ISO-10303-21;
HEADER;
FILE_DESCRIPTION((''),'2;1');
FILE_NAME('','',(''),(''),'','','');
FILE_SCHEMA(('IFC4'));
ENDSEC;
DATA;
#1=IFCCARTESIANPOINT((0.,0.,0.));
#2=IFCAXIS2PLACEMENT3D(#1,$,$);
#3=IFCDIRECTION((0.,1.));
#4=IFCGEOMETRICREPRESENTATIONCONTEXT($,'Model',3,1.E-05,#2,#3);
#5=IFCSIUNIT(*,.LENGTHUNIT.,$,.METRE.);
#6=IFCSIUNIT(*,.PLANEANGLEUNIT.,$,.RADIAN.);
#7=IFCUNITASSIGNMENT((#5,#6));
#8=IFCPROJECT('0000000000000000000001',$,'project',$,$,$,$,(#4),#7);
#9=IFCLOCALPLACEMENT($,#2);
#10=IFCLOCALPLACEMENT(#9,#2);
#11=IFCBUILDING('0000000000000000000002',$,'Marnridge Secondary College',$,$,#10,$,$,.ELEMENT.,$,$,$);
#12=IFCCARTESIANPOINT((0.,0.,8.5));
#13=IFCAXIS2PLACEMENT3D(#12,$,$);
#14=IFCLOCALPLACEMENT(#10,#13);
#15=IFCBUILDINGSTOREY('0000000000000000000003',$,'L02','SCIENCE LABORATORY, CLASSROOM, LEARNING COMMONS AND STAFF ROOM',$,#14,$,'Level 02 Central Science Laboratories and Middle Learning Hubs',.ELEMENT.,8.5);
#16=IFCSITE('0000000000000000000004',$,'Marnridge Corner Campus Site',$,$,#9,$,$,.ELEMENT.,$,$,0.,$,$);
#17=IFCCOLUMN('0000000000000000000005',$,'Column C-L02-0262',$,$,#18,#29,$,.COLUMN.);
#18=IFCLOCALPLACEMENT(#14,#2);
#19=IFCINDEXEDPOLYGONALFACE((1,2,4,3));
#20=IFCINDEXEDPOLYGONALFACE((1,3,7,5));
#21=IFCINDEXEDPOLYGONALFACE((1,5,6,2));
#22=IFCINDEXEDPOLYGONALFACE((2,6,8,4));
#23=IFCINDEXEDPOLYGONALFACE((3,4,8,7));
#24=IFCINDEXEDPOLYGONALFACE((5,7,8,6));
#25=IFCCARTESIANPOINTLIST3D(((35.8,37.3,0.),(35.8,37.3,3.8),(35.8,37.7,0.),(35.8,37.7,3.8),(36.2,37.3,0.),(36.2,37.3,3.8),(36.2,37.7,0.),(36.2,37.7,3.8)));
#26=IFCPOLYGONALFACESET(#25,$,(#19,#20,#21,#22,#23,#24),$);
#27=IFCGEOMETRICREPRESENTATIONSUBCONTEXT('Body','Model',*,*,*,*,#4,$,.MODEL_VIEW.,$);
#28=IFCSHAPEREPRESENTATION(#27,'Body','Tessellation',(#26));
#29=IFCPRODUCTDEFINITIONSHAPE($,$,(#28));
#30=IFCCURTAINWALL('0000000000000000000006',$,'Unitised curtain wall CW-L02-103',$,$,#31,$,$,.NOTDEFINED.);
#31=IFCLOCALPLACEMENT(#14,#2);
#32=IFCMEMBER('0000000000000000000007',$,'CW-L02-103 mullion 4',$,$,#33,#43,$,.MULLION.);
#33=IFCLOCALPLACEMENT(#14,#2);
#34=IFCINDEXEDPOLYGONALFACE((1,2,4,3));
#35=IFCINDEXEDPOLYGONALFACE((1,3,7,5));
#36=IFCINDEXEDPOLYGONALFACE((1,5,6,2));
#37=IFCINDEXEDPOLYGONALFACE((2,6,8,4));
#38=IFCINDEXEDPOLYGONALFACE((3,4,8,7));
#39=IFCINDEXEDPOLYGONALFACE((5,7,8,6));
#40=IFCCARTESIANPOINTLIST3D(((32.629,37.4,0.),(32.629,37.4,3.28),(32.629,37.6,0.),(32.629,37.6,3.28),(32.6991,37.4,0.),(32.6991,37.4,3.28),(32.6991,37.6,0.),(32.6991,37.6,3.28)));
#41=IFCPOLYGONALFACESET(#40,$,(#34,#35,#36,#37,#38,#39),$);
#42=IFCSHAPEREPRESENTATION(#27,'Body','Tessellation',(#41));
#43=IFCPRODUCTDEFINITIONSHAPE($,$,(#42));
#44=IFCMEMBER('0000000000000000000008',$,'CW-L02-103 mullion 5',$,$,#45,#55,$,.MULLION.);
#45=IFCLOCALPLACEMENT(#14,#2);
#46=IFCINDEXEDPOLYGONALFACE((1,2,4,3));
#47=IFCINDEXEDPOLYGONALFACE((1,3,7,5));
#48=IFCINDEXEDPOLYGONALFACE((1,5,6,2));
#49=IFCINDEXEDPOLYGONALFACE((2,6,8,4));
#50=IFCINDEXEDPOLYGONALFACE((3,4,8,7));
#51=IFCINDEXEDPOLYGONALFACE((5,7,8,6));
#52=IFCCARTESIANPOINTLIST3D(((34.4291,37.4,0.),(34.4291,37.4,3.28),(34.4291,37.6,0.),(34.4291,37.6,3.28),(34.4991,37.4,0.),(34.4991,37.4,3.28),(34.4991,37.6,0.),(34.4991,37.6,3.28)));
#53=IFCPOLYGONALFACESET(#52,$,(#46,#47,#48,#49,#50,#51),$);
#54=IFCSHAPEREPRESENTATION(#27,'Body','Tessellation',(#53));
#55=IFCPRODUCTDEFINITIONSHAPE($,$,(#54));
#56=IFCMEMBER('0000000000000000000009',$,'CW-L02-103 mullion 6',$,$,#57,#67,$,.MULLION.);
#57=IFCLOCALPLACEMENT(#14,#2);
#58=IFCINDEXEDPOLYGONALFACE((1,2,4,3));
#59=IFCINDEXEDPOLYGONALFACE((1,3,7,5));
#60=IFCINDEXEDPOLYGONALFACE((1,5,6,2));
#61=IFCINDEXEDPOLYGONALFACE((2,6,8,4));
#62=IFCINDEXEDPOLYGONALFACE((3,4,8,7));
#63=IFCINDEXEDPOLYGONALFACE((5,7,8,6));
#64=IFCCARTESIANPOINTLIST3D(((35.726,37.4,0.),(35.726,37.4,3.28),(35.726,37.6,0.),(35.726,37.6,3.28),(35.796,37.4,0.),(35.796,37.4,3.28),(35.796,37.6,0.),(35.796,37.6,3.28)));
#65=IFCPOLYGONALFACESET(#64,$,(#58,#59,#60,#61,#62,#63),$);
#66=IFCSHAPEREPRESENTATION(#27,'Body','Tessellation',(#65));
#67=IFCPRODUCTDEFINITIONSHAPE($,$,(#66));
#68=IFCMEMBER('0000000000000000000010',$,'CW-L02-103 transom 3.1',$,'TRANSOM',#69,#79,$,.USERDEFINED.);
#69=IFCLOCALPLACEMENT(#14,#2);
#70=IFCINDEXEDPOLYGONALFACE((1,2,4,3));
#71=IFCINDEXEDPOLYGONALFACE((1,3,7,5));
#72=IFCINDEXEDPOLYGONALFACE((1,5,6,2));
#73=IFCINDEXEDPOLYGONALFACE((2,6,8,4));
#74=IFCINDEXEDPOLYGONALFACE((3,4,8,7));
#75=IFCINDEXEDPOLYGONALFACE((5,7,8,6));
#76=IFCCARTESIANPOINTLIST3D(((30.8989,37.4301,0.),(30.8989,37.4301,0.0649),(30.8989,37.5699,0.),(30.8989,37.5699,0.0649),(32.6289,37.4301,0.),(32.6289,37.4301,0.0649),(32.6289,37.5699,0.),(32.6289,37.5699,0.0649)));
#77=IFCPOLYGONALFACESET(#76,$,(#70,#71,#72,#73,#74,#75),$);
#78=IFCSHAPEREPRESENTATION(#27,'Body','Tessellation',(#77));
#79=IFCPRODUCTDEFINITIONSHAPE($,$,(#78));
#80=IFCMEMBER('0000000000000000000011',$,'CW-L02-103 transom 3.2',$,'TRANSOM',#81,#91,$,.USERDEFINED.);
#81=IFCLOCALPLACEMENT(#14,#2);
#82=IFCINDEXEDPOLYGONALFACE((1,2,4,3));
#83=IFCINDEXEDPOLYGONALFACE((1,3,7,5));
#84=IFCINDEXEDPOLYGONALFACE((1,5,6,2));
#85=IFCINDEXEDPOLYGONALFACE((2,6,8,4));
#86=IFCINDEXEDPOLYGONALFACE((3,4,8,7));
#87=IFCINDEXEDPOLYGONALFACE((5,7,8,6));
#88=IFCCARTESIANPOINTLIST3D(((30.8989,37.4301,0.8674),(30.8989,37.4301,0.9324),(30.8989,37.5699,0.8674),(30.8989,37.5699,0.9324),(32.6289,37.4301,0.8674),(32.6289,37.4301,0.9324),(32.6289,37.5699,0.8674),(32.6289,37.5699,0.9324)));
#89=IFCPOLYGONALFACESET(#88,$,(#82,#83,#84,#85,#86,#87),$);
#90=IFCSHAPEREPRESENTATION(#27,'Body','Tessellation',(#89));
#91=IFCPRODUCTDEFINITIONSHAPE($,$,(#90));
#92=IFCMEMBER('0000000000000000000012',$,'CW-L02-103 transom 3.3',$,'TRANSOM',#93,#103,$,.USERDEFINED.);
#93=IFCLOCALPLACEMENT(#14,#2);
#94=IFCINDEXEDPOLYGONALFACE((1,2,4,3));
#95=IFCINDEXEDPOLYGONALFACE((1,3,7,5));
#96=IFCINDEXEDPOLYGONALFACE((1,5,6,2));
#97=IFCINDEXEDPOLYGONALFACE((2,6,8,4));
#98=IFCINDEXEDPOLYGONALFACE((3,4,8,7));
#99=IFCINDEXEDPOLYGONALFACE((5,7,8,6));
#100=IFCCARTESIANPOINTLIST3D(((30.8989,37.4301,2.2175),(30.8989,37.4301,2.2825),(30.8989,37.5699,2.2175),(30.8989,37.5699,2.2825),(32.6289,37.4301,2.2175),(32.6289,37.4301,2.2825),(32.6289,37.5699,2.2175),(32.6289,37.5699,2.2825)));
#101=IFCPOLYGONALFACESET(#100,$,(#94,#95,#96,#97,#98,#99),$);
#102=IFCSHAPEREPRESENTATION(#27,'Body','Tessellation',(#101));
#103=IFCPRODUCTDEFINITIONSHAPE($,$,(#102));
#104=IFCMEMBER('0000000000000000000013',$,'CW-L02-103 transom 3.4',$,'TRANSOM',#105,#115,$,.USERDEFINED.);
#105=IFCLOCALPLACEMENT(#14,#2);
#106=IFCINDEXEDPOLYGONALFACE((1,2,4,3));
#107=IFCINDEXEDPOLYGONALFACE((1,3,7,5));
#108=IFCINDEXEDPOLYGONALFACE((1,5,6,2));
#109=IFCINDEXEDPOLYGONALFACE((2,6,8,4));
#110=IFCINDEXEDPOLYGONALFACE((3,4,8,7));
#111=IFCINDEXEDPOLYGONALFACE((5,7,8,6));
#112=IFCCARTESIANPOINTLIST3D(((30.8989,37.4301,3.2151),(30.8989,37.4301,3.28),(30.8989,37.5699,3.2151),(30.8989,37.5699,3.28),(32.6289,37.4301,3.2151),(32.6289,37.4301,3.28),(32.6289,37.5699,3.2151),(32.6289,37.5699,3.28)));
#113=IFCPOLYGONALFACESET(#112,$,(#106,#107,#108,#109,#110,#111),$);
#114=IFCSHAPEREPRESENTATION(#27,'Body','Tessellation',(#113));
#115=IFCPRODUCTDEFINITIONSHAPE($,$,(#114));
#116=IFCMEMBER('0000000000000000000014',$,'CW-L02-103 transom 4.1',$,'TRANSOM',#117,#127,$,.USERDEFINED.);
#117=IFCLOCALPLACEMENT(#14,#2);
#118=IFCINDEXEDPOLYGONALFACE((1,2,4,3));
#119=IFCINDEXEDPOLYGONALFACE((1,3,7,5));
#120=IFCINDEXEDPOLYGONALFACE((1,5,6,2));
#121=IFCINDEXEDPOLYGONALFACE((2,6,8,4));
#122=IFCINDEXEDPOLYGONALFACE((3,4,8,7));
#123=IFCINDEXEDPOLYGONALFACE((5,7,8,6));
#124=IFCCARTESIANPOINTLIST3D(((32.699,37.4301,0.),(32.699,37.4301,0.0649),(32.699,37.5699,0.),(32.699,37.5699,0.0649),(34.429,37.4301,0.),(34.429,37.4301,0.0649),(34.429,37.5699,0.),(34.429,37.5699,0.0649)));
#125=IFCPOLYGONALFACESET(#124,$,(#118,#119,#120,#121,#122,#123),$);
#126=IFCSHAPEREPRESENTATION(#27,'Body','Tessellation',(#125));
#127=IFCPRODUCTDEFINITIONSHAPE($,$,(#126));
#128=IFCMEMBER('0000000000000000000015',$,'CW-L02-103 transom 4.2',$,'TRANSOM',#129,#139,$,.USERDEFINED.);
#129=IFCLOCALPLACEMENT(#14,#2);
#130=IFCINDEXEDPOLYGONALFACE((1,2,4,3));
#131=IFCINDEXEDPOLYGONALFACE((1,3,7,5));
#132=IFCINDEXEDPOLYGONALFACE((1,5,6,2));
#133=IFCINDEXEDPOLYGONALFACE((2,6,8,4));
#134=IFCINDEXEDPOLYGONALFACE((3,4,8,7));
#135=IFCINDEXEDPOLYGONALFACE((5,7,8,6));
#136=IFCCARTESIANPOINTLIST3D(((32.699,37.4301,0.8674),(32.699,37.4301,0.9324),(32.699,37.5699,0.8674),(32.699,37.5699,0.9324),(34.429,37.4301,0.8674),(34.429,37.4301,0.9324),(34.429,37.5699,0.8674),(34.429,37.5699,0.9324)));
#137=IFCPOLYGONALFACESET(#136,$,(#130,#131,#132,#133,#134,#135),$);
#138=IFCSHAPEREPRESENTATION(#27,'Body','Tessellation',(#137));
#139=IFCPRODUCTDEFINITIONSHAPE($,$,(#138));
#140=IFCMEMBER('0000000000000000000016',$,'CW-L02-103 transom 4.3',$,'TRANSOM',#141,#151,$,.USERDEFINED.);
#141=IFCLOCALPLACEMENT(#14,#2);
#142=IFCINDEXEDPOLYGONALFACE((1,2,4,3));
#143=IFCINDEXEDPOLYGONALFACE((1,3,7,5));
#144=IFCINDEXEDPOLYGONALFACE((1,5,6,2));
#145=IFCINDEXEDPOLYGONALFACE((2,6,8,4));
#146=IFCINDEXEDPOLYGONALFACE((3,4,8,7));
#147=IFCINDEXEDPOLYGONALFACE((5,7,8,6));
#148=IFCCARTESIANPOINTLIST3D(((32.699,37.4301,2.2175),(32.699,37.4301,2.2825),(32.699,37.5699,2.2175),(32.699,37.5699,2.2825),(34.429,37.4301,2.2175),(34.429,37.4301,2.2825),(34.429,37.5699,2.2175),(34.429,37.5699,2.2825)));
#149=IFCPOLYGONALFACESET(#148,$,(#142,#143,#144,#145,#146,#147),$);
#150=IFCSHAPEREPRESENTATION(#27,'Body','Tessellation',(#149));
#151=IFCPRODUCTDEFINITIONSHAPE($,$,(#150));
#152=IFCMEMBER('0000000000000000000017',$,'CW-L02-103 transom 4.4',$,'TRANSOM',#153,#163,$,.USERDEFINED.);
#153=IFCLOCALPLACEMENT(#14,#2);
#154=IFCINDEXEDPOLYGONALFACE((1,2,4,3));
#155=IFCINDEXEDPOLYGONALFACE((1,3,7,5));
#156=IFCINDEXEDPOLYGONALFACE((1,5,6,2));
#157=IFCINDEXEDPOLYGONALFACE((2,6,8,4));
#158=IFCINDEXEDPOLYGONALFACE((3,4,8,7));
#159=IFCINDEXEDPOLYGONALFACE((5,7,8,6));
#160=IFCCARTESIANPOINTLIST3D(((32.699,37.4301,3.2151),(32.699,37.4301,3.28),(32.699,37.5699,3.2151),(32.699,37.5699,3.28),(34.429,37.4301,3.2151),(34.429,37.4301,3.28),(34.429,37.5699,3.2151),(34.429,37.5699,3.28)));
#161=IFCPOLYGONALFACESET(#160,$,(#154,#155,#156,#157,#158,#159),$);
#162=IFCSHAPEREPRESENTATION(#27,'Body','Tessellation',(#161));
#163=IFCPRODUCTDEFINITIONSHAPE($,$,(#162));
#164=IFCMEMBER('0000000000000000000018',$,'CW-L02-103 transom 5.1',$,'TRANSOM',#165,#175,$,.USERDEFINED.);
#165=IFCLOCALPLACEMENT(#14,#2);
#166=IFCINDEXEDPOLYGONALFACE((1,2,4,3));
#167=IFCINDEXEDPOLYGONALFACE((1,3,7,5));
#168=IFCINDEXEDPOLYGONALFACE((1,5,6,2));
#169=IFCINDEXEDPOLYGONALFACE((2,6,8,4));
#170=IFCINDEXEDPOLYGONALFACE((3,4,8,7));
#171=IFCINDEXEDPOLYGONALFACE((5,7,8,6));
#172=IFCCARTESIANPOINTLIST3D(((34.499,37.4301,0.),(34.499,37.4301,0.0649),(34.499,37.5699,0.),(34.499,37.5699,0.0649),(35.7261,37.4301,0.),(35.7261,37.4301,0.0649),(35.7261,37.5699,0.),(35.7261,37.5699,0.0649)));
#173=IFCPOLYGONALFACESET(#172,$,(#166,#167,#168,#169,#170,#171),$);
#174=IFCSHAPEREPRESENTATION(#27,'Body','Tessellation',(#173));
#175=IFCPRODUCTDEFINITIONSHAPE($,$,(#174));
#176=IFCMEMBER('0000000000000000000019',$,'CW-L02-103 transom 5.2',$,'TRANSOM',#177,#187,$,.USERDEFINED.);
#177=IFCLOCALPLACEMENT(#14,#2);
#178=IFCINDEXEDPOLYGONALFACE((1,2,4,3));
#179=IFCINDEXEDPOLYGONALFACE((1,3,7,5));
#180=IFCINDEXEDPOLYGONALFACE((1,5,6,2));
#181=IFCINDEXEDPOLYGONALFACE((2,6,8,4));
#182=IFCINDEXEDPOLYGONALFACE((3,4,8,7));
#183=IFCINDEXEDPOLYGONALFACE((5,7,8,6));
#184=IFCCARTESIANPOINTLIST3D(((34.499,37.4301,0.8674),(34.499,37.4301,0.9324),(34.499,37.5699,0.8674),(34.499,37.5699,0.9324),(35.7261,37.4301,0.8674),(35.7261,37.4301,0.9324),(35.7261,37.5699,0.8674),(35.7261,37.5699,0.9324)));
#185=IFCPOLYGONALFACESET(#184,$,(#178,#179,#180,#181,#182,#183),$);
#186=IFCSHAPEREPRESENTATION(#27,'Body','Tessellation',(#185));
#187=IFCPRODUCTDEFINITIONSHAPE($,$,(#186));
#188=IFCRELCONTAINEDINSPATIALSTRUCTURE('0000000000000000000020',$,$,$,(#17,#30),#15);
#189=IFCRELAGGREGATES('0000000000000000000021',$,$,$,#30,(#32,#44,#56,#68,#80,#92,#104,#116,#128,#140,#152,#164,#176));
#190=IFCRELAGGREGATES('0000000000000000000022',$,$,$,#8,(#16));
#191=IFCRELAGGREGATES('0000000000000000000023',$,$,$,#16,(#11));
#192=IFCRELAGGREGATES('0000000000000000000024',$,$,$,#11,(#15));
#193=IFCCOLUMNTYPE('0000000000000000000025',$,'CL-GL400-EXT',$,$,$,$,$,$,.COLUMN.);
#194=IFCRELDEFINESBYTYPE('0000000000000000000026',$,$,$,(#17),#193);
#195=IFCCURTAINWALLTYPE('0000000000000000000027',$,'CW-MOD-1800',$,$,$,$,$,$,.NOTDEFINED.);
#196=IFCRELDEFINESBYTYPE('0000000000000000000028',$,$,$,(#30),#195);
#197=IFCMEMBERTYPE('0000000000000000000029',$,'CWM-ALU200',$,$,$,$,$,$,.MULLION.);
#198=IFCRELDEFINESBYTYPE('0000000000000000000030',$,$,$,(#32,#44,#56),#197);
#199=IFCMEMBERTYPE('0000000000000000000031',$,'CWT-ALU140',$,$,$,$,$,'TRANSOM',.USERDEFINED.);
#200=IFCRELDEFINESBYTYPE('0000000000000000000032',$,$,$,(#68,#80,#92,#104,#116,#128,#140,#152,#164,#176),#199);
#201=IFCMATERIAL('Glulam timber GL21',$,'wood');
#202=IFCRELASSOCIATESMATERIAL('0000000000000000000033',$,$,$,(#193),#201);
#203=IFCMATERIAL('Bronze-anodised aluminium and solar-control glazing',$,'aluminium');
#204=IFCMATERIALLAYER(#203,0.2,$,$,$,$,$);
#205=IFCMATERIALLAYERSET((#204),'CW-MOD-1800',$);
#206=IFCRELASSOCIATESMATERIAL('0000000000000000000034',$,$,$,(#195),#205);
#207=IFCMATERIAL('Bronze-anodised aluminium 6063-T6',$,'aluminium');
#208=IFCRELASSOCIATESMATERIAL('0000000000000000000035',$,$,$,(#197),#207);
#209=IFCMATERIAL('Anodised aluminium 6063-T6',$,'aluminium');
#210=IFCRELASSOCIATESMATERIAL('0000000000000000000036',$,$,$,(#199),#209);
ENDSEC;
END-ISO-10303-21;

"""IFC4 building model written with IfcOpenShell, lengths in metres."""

from ifc_helpers import new_model, si_unit, direction, frame, origin, origin_2d, place, context, subcontext, project, spatial, rectangle, extrude, material, layer, layer_set, material_profile, profile_set, type_object, element, aggregate, save


model = new_model("IFC4")

# Units and contexts
model_context = context("Model", 3, precision=1e-05, world=origin(), true_north=direction((0.0, 1.0)))
body_context = subcontext(model_context, "Body", "Model", "MODEL_VIEW")
ifc_project = project(units=[si_unit("LENGTHUNIT", "METRE"), si_unit("PLANEANGLEUNIT", "RADIAN")], contexts=[model_context])

# Site, building, storey
site_placement = place(None, origin())
site = spatial("IfcSite", under=ifc_project, at=site_placement, Name="Marnridge Corner Campus Site", CompositionType="ELEMENT", RefElevation=0.0)
building_placement = place(site_placement, origin())
building = spatial("IfcBuilding", under=site, at=building_placement, Name="Marnridge Secondary College", CompositionType="ELEMENT")
storey_placement = place(building_placement, frame((0.0, 0.0, 8.5)))
storey = spatial("IfcBuildingStorey", under=building, at=storey_placement, Name="L02", Description="SCIENCE LABORATORY, CLASSROOM, LEARNING COMMONS AND STAFF ROOM", LongName="Level 02 Central Science Laboratories and Middle Learning Hubs", CompositionType="ELEMENT", Elevation=8.5)

# Column
ifc_material_1 = material(Name="Glulam timber GL21", Category="wood")
ifc_material_profile_1 = material_profile(ifc_material_1, rectangle(XDim=0.3999, YDim=0.3999, at=origin_2d()), Name="GL21 400x400")
ifc_profile_set_1 = profile_set([ifc_material_profile_1], Name="Glulam timber GL21")
column_type = type_object("IfcColumnType", Name="CL-GL400-EXT", PredefinedType="COLUMN", material=ifc_profile_set_1)
column_placement = place(storey_placement, frame((36.0, 37.5, 0.0), z_axis=(0.0, 0.0, 1.0), x_axis=(1.0, 0.0, 0.0)))
element("IfcColumn", 1, at=column_placement, inside=storey, type_object=column_type, Name="Column C-L02-0262", PredefinedType="COLUMN", context=body_context, shape_type="SweptSolid", body=[
    extrude(rectangle(XDim=0.3999, YDim=0.3999, at=origin_2d()), origin(), (0.0, 0.0, 1.0), 3.8),
])

# Curtain wall, members
ifc_material_2 = material(Name="Bronze-anodised aluminium and solar-control glazing", Category="aluminium")
ifc_layer_1 = layer(ifc_material_2, 0.2)
ifc_layer_set_1 = layer_set([ifc_layer_1], Name="CW-MOD-1800")
curtain_wall_type = type_object("IfcCurtainWallType", Name="CW-MOD-1800", PredefinedType="NOTDEFINED", material=ifc_layer_set_1)
curtain_wall_placement = place(storey_placement, origin())
curtain_wall = element("IfcCurtainWall", 2, at=curtain_wall_placement, inside=storey, type_object=curtain_wall_type, Name="Unitised curtain wall CW-L02-103", PredefinedType="NOTDEFINED")
ifc_material_3 = material(Name="Bronze-anodised aluminium 6063-T6", Category="aluminium")
ifc_material_profile_2 = material_profile(ifc_material_3, rectangle(XDim=0.0701, YDim=0.2, at=origin_2d()), Name="ALU 70x200")
ifc_profile_set_2 = profile_set([ifc_material_profile_2], Name="Bronze-anodised aluminium 6063-T6")
member_type_1 = type_object("IfcMemberType", Name="CWM-ALU200", PredefinedType="MULLION", material=ifc_profile_set_2)
member_1_placement = place(storey_placement, frame((32.6641, 37.5, 0.0), z_axis=(0.0, 0.0, 1.0), x_axis=(1.0, 0.0, 0.0)))
member_1 = element("IfcMember", 3, at=member_1_placement, type_object=member_type_1, Name="CW-L02-103 mullion 4", PredefinedType="MULLION", context=body_context, shape_type="SweptSolid", body=[
    extrude(rectangle(XDim=0.0701, YDim=0.2, at=origin_2d()), origin(), (0.0, 0.0, 1.0), 3.28),
])
member_2_placement = place(storey_placement, frame((34.4641, 37.5, 0.0), z_axis=(0.0, 0.0, 1.0), x_axis=(1.0, 0.0, 0.0)))
member_2 = element("IfcMember", 4, at=member_2_placement, type_object=member_type_1, Name="CW-L02-103 mullion 5", PredefinedType="MULLION", context=body_context, shape_type="SweptSolid", body=[
    extrude(rectangle(XDim=0.0701, YDim=0.2, at=origin_2d()), origin(), (0.0, 0.0, 1.0), 3.28),
])
member_3_placement = place(storey_placement, frame((35.761, 37.5, 0.0), z_axis=(0.0, 0.0, 1.0), x_axis=(1.0, 0.0, 0.0)))
member_3 = element("IfcMember", 5, at=member_3_placement, type_object=member_type_1, Name="CW-L02-103 mullion 6", PredefinedType="MULLION", context=body_context, shape_type="SweptSolid", body=[
    extrude(rectangle(XDim=0.0701, YDim=0.2, at=origin_2d()), origin(), (0.0, 0.0, 1.0), 3.28),
])
ifc_material_4 = material(Name="Anodised aluminium 6063-T6", Category="aluminium")
ifc_material_profile_3 = material_profile(ifc_material_4, rectangle(XDim=0.0649, YDim=0.1399, at=origin_2d()), Name="ALU 65x140")
ifc_profile_set_3 = profile_set([ifc_material_profile_3], Name="Anodised aluminium 6063-T6")
member_type_2 = type_object("IfcMemberType", Name="CWT-ALU140", ElementType="TRANSOM", PredefinedType="USERDEFINED", material=ifc_profile_set_3)
member_4_placement = place(storey_placement, frame((30.8989, 37.5, 0.0325), z_axis=(1.0, 0.0, 0.0), x_axis=(0.0, 0.0, 1.0)))
member_4 = element("IfcMember", 6, at=member_4_placement, type_object=member_type_2, Name="CW-L02-103 transom 3.1", ObjectType="TRANSOM", PredefinedType="USERDEFINED", context=body_context, shape_type="SweptSolid", body=[
    extrude(rectangle(XDim=0.0649, YDim=0.1399, at=origin_2d()), origin(), (0.0, 0.0, 1.0), 1.73),
])
member_5_placement = place(storey_placement, frame((30.8989, 37.5, 0.8999), z_axis=(1.0, 0.0, 0.0), x_axis=(0.0, 0.0, 1.0)))
member_5 = element("IfcMember", 7, at=member_5_placement, type_object=member_type_2, Name="CW-L02-103 transom 3.2", ObjectType="TRANSOM", PredefinedType="USERDEFINED", context=body_context, shape_type="SweptSolid", body=[
    extrude(rectangle(XDim=0.0649, YDim=0.1399, at=origin_2d()), origin(), (0.0, 0.0, 1.0), 1.73),
])
member_6_placement = place(storey_placement, frame((30.8989, 37.5, 2.25), z_axis=(1.0, 0.0, 0.0), x_axis=(0.0, 0.0, 1.0)))
member_6 = element("IfcMember", 8, at=member_6_placement, type_object=member_type_2, Name="CW-L02-103 transom 3.3", ObjectType="TRANSOM", PredefinedType="USERDEFINED", context=body_context, shape_type="SweptSolid", body=[
    extrude(rectangle(XDim=0.0649, YDim=0.1399, at=origin_2d()), origin(), (0.0, 0.0, 1.0), 1.73),
])
member_7_placement = place(storey_placement, frame((30.8989, 37.5, 3.2476), z_axis=(1.0, 0.0, 0.0), x_axis=(0.0, 0.0, 1.0)))
member_7 = element("IfcMember", 9, at=member_7_placement, type_object=member_type_2, Name="CW-L02-103 transom 3.4", ObjectType="TRANSOM", PredefinedType="USERDEFINED", context=body_context, shape_type="SweptSolid", body=[
    extrude(rectangle(XDim=0.0649, YDim=0.1399, at=origin_2d()), origin(), (0.0, 0.0, 1.0), 1.73),
])
member_8_placement = place(storey_placement, frame((32.699, 37.5, 0.0325), z_axis=(1.0, 0.0, 0.0), x_axis=(0.0, 0.0, 1.0)))
member_8 = element("IfcMember", 10, at=member_8_placement, type_object=member_type_2, Name="CW-L02-103 transom 4.1", ObjectType="TRANSOM", PredefinedType="USERDEFINED", context=body_context, shape_type="SweptSolid", body=[
    extrude(rectangle(XDim=0.0649, YDim=0.1399, at=origin_2d()), origin(), (0.0, 0.0, 1.0), 1.73),
])
member_9_placement = place(storey_placement, frame((32.699, 37.5, 0.8999), z_axis=(1.0, 0.0, 0.0), x_axis=(0.0, 0.0, 1.0)))
member_9 = element("IfcMember", 11, at=member_9_placement, type_object=member_type_2, Name="CW-L02-103 transom 4.2", ObjectType="TRANSOM", PredefinedType="USERDEFINED", context=body_context, shape_type="SweptSolid", body=[
    extrude(rectangle(XDim=0.0649, YDim=0.1399, at=origin_2d()), origin(), (0.0, 0.0, 1.0), 1.73),
])
member_10_placement = place(storey_placement, frame((32.699, 37.5, 2.25), z_axis=(1.0, 0.0, 0.0), x_axis=(0.0, 0.0, 1.0)))
member_10 = element("IfcMember", 12, at=member_10_placement, type_object=member_type_2, Name="CW-L02-103 transom 4.3", ObjectType="TRANSOM", PredefinedType="USERDEFINED", context=body_context, shape_type="SweptSolid", body=[
    extrude(rectangle(XDim=0.0649, YDim=0.1399, at=origin_2d()), origin(), (0.0, 0.0, 1.0), 1.73),
])
member_11_placement = place(storey_placement, frame((32.699, 37.5, 3.2476), z_axis=(1.0, 0.0, 0.0), x_axis=(0.0, 0.0, 1.0)))
member_11 = element("IfcMember", 13, at=member_11_placement, type_object=member_type_2, Name="CW-L02-103 transom 4.4", ObjectType="TRANSOM", PredefinedType="USERDEFINED", context=body_context, shape_type="SweptSolid", body=[
    extrude(rectangle(XDim=0.0649, YDim=0.1399, at=origin_2d()), origin(), (0.0, 0.0, 1.0), 1.73),
])
member_12_placement = place(storey_placement, frame((34.499, 37.5, 0.0325), z_axis=(1.0, 0.0, 0.0), x_axis=(0.0, 0.0, 1.0)))
member_12 = element("IfcMember", 14, at=member_12_placement, type_object=member_type_2, Name="CW-L02-103 transom 5.1", ObjectType="TRANSOM", PredefinedType="USERDEFINED", context=body_context, shape_type="SweptSolid", body=[
    extrude(rectangle(XDim=0.0649, YDim=0.1399, at=origin_2d()), origin(), (0.0, 0.0, 1.0), 1.2271),
])
member_13_placement = place(storey_placement, frame((34.499, 37.5, 0.8999), z_axis=(1.0, 0.0, 0.0), x_axis=(0.0, 0.0, 1.0)))
member_13 = element("IfcMember", 15, at=member_13_placement, type_object=member_type_2, Name="CW-L02-103 transom 5.2", ObjectType="TRANSOM", PredefinedType="USERDEFINED", context=body_context, shape_type="SweptSolid", body=[
    extrude(rectangle(XDim=0.0649, YDim=0.1399, at=origin_2d()), origin(), (0.0, 0.0, 1.0), 1.2271),
])
aggregate(curtain_wall, [member_1, member_2, member_3, member_4, member_5, member_6, member_7, member_8, member_9, member_10, member_11, member_12, member_13])

save(model, "model.ifc")
